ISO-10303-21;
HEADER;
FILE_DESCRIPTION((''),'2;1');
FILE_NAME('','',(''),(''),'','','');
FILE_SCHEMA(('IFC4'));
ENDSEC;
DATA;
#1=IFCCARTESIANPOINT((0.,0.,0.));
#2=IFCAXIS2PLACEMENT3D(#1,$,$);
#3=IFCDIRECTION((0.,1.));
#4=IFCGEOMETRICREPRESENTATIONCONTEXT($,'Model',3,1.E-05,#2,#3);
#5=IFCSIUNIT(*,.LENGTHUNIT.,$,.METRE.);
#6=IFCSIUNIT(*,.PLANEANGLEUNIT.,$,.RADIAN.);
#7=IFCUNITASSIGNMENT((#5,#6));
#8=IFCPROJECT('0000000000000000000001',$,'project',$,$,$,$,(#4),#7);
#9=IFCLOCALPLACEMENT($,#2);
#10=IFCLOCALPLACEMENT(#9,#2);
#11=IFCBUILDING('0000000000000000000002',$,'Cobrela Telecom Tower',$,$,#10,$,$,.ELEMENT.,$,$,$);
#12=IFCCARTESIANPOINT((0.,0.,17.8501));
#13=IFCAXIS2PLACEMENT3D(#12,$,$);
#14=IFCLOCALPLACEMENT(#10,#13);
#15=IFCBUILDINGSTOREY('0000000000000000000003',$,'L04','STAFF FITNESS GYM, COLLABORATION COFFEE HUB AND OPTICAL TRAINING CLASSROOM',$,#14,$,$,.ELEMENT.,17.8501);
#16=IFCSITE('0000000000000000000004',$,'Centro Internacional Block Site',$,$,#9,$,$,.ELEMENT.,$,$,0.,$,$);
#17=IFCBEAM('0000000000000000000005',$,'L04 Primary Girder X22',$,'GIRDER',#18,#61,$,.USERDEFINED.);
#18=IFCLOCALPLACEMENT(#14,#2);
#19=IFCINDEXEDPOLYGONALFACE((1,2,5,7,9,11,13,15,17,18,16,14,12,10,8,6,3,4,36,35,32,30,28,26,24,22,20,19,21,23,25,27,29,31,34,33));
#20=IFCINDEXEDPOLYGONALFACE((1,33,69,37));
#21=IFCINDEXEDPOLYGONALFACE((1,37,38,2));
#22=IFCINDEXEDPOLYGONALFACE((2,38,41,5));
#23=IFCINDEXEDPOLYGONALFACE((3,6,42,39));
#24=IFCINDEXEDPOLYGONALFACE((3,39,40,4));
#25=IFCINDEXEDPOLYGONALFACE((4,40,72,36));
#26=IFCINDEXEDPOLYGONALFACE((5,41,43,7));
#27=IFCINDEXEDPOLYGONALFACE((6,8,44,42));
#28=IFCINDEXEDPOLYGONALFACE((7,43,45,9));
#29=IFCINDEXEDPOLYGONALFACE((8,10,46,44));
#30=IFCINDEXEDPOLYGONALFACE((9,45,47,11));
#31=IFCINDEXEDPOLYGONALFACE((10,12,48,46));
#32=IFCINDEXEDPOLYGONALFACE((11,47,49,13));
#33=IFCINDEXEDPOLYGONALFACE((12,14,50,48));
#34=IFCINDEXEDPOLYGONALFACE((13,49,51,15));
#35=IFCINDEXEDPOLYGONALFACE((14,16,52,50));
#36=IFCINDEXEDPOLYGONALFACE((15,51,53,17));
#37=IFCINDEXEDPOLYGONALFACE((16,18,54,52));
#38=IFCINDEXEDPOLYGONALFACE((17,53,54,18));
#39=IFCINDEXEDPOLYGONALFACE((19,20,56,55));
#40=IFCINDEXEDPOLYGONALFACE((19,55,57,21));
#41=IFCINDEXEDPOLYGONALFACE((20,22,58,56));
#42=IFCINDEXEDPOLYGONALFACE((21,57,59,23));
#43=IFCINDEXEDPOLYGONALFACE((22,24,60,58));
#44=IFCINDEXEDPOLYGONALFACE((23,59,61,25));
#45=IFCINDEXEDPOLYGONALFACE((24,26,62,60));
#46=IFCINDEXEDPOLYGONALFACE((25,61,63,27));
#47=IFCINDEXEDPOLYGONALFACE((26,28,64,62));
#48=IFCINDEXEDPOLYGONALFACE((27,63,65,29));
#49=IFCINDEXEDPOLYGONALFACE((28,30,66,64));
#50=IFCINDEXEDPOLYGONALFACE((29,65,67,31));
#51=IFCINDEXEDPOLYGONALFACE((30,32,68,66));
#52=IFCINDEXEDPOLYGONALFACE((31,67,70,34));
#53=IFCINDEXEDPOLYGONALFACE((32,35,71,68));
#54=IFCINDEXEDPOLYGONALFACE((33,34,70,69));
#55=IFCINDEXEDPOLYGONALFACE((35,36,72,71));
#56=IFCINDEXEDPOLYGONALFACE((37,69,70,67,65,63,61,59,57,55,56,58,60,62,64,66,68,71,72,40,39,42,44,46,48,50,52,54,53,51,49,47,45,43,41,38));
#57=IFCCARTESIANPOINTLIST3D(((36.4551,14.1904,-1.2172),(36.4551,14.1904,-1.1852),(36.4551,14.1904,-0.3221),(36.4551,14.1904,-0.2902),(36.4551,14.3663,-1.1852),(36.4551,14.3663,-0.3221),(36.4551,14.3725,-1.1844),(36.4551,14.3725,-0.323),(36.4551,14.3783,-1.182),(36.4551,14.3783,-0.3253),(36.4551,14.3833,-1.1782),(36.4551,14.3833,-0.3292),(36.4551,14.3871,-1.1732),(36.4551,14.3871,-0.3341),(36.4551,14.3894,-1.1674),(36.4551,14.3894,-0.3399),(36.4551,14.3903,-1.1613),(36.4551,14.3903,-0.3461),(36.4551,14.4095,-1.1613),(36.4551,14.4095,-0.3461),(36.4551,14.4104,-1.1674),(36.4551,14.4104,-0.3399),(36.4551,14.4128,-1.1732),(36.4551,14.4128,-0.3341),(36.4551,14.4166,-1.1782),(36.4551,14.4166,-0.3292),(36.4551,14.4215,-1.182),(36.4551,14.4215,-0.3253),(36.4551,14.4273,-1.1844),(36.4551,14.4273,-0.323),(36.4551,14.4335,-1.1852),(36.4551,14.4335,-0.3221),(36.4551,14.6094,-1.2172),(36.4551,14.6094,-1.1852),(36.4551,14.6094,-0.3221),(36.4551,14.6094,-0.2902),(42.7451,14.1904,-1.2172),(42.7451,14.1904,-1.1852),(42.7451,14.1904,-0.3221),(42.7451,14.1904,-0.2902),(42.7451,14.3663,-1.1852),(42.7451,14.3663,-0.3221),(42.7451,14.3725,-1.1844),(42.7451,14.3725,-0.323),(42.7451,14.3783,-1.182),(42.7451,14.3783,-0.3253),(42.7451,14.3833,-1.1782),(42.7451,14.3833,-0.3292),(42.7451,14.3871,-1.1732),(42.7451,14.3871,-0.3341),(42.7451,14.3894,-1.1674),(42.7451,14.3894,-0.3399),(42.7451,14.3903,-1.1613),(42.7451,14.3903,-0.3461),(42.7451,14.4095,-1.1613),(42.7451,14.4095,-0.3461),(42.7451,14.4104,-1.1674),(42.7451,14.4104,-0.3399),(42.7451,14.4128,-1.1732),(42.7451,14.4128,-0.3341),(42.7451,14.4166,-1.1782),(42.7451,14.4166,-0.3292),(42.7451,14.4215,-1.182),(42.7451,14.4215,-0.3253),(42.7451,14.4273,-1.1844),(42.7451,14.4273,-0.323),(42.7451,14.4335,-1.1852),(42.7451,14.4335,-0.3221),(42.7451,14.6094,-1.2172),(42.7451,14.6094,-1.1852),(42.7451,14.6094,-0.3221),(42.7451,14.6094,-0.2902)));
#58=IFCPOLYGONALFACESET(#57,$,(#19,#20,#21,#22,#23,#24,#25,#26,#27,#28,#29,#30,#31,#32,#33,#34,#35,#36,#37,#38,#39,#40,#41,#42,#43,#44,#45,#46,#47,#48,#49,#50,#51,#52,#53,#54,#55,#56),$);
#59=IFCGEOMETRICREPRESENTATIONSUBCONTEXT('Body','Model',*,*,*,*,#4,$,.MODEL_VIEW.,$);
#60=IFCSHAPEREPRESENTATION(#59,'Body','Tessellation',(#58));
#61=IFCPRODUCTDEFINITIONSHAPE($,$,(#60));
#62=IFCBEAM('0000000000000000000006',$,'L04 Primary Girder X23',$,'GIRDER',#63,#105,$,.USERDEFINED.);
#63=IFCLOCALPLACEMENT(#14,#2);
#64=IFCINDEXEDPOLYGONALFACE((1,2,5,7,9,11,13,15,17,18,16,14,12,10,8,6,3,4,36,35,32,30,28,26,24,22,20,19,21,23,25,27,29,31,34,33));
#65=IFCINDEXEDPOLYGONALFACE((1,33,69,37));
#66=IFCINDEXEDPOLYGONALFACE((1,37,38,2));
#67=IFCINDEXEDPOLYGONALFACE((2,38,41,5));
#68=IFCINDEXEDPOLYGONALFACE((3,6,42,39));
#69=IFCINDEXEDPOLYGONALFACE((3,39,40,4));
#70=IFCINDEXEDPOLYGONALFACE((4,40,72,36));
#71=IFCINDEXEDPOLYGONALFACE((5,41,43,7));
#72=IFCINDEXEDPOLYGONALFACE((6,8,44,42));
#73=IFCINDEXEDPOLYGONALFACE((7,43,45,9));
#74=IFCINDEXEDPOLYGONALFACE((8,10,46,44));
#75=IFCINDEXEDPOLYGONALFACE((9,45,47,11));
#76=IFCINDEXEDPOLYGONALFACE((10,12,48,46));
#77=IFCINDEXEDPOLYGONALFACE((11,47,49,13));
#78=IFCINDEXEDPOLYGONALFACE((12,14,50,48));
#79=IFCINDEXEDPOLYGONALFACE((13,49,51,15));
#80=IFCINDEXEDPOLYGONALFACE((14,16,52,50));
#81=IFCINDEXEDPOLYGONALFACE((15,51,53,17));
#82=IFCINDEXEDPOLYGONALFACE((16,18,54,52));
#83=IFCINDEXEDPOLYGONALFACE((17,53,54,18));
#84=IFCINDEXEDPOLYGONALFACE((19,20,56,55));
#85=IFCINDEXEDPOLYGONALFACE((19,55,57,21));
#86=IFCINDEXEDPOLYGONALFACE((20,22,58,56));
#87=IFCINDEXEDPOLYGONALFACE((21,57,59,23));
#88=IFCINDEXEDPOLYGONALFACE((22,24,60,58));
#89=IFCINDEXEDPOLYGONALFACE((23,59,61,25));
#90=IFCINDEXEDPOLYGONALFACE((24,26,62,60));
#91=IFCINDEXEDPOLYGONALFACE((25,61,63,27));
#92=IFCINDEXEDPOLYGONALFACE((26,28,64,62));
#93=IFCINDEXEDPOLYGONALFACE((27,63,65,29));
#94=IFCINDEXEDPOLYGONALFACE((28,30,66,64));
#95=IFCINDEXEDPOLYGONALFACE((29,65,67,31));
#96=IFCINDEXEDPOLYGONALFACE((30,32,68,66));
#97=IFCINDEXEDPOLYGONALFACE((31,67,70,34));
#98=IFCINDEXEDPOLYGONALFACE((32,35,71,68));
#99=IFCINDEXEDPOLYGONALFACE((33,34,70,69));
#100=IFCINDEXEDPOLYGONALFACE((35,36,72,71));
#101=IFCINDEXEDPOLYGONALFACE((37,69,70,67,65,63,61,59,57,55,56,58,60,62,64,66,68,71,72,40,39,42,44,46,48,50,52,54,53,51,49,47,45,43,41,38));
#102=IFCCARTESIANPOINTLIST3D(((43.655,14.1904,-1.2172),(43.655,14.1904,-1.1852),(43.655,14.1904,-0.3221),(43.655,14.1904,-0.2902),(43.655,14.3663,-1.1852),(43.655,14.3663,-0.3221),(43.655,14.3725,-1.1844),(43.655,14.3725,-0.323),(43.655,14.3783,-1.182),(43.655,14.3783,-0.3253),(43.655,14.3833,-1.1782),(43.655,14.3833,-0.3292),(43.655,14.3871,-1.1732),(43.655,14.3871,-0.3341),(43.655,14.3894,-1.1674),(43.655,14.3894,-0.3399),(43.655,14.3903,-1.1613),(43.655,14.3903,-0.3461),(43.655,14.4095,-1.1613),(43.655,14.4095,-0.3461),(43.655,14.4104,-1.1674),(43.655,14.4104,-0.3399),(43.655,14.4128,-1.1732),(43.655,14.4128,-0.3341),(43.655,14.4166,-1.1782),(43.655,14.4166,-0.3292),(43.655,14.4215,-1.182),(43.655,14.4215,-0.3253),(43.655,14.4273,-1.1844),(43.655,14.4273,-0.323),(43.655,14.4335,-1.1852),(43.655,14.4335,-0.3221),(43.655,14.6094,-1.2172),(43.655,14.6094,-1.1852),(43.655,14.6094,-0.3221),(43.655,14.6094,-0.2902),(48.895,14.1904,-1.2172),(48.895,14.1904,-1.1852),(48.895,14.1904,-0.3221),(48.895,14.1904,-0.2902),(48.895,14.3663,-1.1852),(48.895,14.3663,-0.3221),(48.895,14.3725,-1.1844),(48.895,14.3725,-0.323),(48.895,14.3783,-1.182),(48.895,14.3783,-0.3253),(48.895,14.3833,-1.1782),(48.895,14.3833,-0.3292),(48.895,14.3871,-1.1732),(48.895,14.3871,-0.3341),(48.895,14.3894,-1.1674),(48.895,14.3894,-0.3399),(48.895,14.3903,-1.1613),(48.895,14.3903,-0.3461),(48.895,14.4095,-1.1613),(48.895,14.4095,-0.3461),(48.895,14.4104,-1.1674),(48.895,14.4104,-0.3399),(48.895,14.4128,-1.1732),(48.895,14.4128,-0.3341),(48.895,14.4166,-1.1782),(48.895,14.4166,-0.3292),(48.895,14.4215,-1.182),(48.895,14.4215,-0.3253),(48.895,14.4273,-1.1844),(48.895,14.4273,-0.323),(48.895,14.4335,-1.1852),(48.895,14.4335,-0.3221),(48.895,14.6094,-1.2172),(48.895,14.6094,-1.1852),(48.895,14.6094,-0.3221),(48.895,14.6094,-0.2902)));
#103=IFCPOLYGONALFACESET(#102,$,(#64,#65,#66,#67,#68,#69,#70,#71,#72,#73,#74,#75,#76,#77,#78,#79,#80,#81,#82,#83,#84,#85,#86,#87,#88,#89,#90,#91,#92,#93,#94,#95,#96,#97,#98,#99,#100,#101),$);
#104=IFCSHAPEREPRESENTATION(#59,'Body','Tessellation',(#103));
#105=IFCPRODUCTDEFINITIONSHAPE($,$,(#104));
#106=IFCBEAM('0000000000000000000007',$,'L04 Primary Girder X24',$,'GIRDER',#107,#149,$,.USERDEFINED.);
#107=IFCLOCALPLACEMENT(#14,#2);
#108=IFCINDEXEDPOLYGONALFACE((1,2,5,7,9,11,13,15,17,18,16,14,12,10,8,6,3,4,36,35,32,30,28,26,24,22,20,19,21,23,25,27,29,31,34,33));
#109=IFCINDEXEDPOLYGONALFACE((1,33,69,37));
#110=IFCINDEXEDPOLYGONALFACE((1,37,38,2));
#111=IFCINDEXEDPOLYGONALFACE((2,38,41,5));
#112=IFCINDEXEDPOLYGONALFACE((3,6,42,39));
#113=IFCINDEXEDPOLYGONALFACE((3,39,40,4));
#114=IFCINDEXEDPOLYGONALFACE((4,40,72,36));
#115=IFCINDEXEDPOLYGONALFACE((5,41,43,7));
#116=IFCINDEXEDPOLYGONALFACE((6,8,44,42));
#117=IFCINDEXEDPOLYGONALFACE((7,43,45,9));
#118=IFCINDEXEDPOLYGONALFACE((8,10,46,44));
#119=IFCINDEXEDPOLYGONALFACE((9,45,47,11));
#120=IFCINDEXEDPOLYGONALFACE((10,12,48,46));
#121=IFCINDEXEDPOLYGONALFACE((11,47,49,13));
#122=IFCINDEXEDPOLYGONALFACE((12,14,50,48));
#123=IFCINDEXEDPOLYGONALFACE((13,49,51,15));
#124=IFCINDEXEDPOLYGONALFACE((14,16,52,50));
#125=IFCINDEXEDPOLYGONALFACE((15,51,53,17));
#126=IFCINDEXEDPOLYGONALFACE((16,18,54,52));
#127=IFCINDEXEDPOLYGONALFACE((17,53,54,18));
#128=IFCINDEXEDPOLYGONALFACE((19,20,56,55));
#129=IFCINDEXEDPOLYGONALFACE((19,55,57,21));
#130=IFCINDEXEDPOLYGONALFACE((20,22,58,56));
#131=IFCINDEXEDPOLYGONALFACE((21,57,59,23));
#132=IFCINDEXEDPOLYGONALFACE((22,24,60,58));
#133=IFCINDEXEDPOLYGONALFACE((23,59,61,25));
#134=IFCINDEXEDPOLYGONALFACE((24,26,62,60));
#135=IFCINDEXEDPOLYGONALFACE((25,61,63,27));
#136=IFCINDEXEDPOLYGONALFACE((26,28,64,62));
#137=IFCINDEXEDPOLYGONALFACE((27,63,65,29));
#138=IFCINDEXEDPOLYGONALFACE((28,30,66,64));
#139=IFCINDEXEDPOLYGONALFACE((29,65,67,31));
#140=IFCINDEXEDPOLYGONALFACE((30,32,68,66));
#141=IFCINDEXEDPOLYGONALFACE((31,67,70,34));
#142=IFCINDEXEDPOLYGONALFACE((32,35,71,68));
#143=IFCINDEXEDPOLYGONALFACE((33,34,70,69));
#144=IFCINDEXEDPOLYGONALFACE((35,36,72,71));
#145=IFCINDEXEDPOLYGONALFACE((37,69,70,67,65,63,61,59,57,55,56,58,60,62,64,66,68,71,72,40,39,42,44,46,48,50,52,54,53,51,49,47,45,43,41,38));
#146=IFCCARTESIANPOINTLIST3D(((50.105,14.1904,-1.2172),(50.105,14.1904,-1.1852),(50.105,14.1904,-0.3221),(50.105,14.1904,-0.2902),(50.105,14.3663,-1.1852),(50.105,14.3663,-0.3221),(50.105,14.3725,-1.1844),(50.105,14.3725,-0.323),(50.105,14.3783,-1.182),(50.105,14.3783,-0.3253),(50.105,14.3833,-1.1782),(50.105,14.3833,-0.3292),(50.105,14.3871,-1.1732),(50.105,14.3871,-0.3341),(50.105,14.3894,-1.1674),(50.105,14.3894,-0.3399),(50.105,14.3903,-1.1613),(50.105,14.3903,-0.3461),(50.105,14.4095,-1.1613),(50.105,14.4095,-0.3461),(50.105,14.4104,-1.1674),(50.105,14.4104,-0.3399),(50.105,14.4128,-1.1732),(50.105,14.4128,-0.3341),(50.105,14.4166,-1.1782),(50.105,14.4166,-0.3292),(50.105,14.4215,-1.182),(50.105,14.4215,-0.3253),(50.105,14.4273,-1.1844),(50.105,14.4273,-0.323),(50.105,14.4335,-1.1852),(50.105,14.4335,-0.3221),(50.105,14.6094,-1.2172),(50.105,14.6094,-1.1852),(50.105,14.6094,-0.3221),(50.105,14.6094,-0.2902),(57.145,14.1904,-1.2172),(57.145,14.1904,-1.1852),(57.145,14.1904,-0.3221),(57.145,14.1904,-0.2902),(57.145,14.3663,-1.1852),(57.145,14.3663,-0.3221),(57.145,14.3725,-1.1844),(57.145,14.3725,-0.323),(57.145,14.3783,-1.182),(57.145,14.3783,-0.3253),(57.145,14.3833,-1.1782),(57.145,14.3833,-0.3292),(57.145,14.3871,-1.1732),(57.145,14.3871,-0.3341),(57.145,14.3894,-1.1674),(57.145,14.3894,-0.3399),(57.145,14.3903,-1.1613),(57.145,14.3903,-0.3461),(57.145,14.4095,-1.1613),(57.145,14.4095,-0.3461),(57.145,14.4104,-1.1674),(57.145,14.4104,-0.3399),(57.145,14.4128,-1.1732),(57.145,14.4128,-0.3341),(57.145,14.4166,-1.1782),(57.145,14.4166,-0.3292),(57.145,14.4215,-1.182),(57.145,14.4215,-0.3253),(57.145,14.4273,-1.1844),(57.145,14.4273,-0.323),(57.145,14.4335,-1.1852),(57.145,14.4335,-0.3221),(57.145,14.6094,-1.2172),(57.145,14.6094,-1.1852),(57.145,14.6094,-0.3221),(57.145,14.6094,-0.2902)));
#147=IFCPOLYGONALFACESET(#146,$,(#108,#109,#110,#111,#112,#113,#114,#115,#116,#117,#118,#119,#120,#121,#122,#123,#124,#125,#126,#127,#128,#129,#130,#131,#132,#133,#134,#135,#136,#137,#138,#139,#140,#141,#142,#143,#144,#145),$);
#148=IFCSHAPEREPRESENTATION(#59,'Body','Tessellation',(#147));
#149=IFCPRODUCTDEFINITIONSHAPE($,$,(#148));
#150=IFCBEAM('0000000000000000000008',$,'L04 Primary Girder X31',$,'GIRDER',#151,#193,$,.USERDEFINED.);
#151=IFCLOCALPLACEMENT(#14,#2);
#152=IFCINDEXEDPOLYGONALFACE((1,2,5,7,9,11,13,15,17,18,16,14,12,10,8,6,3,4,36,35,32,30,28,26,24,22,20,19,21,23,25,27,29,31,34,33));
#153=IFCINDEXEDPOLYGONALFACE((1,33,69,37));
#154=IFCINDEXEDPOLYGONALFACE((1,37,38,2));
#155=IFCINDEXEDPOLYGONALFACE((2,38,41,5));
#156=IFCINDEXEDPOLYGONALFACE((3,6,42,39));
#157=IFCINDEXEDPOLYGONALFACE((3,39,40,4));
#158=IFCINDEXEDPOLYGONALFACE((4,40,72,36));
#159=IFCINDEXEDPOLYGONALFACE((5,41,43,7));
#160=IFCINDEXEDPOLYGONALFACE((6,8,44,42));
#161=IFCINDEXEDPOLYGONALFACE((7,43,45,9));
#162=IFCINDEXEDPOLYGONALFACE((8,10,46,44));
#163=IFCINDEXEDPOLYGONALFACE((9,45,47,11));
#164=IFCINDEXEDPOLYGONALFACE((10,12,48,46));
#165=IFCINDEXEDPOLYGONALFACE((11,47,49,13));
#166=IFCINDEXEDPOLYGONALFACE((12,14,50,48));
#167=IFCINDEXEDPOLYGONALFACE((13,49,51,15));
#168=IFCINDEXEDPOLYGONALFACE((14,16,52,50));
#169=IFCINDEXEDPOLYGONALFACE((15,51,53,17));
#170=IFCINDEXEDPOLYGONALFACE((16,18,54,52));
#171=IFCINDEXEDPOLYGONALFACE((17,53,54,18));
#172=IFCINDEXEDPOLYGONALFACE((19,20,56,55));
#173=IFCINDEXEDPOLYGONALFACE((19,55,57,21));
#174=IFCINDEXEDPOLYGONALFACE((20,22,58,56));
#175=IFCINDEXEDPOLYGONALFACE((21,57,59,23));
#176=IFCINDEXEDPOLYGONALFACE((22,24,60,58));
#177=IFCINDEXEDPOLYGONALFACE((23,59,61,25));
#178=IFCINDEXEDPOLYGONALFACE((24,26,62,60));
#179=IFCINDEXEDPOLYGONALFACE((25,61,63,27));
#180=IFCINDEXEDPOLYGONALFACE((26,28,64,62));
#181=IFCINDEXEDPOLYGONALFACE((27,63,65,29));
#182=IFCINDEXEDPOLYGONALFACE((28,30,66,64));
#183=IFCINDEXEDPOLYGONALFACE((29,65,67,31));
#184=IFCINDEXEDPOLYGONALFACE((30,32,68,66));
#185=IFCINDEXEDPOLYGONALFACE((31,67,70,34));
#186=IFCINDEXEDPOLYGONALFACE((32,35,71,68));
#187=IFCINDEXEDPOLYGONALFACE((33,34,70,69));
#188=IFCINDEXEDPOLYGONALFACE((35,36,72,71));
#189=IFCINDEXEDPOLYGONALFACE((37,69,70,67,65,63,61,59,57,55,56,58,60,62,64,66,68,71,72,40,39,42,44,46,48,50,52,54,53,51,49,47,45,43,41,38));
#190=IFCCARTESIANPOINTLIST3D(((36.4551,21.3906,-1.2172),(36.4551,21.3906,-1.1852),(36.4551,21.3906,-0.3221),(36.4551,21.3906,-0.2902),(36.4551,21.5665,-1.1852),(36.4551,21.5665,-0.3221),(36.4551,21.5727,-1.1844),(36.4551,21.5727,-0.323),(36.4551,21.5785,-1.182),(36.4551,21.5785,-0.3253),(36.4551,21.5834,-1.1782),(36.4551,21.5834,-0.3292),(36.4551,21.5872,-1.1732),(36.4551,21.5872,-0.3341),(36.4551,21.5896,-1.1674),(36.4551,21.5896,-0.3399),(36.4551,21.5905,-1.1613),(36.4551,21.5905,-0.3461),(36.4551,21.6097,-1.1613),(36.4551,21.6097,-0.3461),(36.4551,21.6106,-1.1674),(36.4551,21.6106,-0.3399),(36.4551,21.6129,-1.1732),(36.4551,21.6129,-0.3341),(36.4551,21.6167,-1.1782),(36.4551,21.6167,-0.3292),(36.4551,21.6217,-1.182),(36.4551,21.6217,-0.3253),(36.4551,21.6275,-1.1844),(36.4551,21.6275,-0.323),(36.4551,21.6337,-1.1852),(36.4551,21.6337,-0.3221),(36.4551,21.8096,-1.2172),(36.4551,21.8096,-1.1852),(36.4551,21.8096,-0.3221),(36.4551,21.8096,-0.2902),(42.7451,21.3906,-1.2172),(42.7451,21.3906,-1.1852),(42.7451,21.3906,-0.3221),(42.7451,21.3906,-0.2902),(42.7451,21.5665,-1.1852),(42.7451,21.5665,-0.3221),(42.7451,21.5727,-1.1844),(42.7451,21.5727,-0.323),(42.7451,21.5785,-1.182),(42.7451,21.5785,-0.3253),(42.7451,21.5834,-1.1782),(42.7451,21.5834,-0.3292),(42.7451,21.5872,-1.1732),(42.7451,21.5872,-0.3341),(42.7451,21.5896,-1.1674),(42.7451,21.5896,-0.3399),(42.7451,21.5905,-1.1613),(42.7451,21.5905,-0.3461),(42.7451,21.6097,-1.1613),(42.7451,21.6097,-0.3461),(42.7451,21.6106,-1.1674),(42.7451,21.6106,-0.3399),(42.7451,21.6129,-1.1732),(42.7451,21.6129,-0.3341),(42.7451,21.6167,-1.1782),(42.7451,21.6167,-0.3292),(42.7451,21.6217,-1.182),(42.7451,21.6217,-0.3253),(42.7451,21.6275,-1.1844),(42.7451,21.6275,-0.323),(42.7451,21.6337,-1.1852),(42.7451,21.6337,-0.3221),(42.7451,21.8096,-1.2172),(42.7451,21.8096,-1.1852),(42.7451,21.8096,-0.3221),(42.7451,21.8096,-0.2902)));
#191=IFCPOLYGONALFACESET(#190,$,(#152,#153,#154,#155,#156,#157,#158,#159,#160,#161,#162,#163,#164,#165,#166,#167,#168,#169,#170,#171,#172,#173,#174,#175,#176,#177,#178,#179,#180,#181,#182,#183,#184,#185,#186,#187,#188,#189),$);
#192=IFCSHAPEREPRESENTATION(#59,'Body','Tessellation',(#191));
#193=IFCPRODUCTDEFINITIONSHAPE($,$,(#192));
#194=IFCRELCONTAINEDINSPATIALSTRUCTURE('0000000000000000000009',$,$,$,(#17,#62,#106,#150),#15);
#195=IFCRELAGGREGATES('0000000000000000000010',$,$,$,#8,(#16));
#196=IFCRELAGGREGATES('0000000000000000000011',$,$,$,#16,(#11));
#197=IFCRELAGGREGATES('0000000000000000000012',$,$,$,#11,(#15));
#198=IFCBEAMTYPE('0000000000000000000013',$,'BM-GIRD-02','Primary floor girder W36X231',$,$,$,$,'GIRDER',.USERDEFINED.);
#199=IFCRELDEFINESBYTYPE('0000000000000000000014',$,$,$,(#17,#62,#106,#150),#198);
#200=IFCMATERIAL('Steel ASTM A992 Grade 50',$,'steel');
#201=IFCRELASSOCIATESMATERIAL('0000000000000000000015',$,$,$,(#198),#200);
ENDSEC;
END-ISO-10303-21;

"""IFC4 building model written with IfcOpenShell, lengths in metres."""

from ifc_helpers import new_model, si_unit, direction, frame, origin, origin_2d, place, context, subcontext, project, spatial, i_section, extrude, material, material_profile, profile_set, type_object, element, save


model = new_model("IFC4")

# Units and contexts
model_context = context("Model", 3, precision=1e-05, world=origin(), true_north=direction((0.0, 1.0)))
body_context = subcontext(model_context, "Body", "Model", "MODEL_VIEW")
ifc_project = project(units=[si_unit("LENGTHUNIT", "METRE"), si_unit("PLANEANGLEUNIT", "RADIAN")], contexts=[model_context])

# Site, building, storey
site_placement = place(None, origin())
site = spatial("IfcSite", under=ifc_project, at=site_placement, Name="Centro Internacional Block Site", CompositionType="ELEMENT", RefElevation=0.0)
building_placement = place(site_placement, origin())
building = spatial("IfcBuilding", under=site, at=building_placement, Name="Cobrela Telecom Tower", CompositionType="ELEMENT")
storey_placement = place(building_placement, frame((0.0, 0.0, 17.8501)))
storey = spatial("IfcBuildingStorey", under=building, at=storey_placement, Name="L04", Description="STAFF FITNESS GYM, COLLABORATION COFFEE HUB AND OPTICAL TRAINING CLASSROOM", CompositionType="ELEMENT", Elevation=17.8501)

# Beams
ifc_material_1 = material(Name="Steel ASTM A992 Grade 50", Category="steel")
ifc_material_profile_1 = material_profile(ifc_material_1, i_section(OverallWidth=0.4189, OverallDepth=0.927, WebThickness=0.0193, FlangeThickness=0.032, FilletRadius=0.0239, at=origin_2d()), Name="W36X231")
ifc_profile_set_1 = profile_set([ifc_material_profile_1], Name="Steel ASTM A992 Grade 50")
beam_type_1 = type_object("IfcBeamType", Name="BM-GIRD-02", Description="Primary floor girder W36X231", ElementType="GIRDER", PredefinedType="USERDEFINED", material=ifc_profile_set_1)
beam_1_placement = place(storey_placement, frame((36.4551, 14.3999, -0.7537), z_axis=(1.0, 0.0, 0.0), x_axis=(0.0, 1.0, 0.0)))
element("IfcBeam", 1, at=beam_1_placement, inside=storey, type_object=beam_type_1, Name="L04 Primary Girder X22", ObjectType="GIRDER", PredefinedType="USERDEFINED", context=body_context, shape_type="SweptSolid", body=[
    extrude(i_section(OverallWidth=0.4189, OverallDepth=0.927, WebThickness=0.0193, FlangeThickness=0.032, FilletRadius=0.0239, at=origin_2d()), origin(), (0.0, 0.0, 1.0), 6.29),
])
beam_2_placement = place(storey_placement, frame((43.655, 14.3999, -0.7537), z_axis=(1.0, 0.0, 0.0), x_axis=(0.0, 1.0, 0.0)))
element("IfcBeam", 2, at=beam_2_placement, inside=storey, type_object=beam_type_1, Name="L04 Primary Girder X23", ObjectType="GIRDER", PredefinedType="USERDEFINED", context=body_context, shape_type="SweptSolid", body=[
    extrude(i_section(OverallWidth=0.4189, OverallDepth=0.927, WebThickness=0.0193, FlangeThickness=0.032, FilletRadius=0.0239, at=origin_2d()), origin(), (0.0, 0.0, 1.0), 5.24),
])
beam_3_placement = place(storey_placement, frame((50.105, 14.3999, -0.7537), z_axis=(1.0, 0.0, 0.0), x_axis=(0.0, 1.0, 0.0)))
element("IfcBeam", 3, at=beam_3_placement, inside=storey, type_object=beam_type_1, Name="L04 Primary Girder X24", ObjectType="GIRDER", PredefinedType="USERDEFINED", context=body_context, shape_type="SweptSolid", body=[
    extrude(i_section(OverallWidth=0.4189, OverallDepth=0.927, WebThickness=0.0193, FlangeThickness=0.032, FilletRadius=0.0239, at=origin_2d()), origin(), (0.0, 0.0, 1.0), 7.04),
])
for number, where, z_axis, x_axis, name in (
    (4, (36.4551, 21.6001, -0.7537), (1.0, 0.0, 0.0), (0.0, 1.0, 0.0), "L04 Primary Girder X31"),
):
    element("IfcBeam", number, at=place(storey_placement, frame(where, z_axis=z_axis, x_axis=x_axis)), inside=storey, type_object=beam_type_1, Name=name, ObjectType="GIRDER", PredefinedType="USERDEFINED", context=body_context, shape_type="SweptSolid", body=[
        extrude(i_section(OverallWidth=0.4189, OverallDepth=0.927, WebThickness=0.0193, FlangeThickness=0.032, FilletRadius=0.0239, at=origin_2d()), origin(), (0.0, 0.0, 1.0), 6.29),
    ])

save(model, "model.ifc")
